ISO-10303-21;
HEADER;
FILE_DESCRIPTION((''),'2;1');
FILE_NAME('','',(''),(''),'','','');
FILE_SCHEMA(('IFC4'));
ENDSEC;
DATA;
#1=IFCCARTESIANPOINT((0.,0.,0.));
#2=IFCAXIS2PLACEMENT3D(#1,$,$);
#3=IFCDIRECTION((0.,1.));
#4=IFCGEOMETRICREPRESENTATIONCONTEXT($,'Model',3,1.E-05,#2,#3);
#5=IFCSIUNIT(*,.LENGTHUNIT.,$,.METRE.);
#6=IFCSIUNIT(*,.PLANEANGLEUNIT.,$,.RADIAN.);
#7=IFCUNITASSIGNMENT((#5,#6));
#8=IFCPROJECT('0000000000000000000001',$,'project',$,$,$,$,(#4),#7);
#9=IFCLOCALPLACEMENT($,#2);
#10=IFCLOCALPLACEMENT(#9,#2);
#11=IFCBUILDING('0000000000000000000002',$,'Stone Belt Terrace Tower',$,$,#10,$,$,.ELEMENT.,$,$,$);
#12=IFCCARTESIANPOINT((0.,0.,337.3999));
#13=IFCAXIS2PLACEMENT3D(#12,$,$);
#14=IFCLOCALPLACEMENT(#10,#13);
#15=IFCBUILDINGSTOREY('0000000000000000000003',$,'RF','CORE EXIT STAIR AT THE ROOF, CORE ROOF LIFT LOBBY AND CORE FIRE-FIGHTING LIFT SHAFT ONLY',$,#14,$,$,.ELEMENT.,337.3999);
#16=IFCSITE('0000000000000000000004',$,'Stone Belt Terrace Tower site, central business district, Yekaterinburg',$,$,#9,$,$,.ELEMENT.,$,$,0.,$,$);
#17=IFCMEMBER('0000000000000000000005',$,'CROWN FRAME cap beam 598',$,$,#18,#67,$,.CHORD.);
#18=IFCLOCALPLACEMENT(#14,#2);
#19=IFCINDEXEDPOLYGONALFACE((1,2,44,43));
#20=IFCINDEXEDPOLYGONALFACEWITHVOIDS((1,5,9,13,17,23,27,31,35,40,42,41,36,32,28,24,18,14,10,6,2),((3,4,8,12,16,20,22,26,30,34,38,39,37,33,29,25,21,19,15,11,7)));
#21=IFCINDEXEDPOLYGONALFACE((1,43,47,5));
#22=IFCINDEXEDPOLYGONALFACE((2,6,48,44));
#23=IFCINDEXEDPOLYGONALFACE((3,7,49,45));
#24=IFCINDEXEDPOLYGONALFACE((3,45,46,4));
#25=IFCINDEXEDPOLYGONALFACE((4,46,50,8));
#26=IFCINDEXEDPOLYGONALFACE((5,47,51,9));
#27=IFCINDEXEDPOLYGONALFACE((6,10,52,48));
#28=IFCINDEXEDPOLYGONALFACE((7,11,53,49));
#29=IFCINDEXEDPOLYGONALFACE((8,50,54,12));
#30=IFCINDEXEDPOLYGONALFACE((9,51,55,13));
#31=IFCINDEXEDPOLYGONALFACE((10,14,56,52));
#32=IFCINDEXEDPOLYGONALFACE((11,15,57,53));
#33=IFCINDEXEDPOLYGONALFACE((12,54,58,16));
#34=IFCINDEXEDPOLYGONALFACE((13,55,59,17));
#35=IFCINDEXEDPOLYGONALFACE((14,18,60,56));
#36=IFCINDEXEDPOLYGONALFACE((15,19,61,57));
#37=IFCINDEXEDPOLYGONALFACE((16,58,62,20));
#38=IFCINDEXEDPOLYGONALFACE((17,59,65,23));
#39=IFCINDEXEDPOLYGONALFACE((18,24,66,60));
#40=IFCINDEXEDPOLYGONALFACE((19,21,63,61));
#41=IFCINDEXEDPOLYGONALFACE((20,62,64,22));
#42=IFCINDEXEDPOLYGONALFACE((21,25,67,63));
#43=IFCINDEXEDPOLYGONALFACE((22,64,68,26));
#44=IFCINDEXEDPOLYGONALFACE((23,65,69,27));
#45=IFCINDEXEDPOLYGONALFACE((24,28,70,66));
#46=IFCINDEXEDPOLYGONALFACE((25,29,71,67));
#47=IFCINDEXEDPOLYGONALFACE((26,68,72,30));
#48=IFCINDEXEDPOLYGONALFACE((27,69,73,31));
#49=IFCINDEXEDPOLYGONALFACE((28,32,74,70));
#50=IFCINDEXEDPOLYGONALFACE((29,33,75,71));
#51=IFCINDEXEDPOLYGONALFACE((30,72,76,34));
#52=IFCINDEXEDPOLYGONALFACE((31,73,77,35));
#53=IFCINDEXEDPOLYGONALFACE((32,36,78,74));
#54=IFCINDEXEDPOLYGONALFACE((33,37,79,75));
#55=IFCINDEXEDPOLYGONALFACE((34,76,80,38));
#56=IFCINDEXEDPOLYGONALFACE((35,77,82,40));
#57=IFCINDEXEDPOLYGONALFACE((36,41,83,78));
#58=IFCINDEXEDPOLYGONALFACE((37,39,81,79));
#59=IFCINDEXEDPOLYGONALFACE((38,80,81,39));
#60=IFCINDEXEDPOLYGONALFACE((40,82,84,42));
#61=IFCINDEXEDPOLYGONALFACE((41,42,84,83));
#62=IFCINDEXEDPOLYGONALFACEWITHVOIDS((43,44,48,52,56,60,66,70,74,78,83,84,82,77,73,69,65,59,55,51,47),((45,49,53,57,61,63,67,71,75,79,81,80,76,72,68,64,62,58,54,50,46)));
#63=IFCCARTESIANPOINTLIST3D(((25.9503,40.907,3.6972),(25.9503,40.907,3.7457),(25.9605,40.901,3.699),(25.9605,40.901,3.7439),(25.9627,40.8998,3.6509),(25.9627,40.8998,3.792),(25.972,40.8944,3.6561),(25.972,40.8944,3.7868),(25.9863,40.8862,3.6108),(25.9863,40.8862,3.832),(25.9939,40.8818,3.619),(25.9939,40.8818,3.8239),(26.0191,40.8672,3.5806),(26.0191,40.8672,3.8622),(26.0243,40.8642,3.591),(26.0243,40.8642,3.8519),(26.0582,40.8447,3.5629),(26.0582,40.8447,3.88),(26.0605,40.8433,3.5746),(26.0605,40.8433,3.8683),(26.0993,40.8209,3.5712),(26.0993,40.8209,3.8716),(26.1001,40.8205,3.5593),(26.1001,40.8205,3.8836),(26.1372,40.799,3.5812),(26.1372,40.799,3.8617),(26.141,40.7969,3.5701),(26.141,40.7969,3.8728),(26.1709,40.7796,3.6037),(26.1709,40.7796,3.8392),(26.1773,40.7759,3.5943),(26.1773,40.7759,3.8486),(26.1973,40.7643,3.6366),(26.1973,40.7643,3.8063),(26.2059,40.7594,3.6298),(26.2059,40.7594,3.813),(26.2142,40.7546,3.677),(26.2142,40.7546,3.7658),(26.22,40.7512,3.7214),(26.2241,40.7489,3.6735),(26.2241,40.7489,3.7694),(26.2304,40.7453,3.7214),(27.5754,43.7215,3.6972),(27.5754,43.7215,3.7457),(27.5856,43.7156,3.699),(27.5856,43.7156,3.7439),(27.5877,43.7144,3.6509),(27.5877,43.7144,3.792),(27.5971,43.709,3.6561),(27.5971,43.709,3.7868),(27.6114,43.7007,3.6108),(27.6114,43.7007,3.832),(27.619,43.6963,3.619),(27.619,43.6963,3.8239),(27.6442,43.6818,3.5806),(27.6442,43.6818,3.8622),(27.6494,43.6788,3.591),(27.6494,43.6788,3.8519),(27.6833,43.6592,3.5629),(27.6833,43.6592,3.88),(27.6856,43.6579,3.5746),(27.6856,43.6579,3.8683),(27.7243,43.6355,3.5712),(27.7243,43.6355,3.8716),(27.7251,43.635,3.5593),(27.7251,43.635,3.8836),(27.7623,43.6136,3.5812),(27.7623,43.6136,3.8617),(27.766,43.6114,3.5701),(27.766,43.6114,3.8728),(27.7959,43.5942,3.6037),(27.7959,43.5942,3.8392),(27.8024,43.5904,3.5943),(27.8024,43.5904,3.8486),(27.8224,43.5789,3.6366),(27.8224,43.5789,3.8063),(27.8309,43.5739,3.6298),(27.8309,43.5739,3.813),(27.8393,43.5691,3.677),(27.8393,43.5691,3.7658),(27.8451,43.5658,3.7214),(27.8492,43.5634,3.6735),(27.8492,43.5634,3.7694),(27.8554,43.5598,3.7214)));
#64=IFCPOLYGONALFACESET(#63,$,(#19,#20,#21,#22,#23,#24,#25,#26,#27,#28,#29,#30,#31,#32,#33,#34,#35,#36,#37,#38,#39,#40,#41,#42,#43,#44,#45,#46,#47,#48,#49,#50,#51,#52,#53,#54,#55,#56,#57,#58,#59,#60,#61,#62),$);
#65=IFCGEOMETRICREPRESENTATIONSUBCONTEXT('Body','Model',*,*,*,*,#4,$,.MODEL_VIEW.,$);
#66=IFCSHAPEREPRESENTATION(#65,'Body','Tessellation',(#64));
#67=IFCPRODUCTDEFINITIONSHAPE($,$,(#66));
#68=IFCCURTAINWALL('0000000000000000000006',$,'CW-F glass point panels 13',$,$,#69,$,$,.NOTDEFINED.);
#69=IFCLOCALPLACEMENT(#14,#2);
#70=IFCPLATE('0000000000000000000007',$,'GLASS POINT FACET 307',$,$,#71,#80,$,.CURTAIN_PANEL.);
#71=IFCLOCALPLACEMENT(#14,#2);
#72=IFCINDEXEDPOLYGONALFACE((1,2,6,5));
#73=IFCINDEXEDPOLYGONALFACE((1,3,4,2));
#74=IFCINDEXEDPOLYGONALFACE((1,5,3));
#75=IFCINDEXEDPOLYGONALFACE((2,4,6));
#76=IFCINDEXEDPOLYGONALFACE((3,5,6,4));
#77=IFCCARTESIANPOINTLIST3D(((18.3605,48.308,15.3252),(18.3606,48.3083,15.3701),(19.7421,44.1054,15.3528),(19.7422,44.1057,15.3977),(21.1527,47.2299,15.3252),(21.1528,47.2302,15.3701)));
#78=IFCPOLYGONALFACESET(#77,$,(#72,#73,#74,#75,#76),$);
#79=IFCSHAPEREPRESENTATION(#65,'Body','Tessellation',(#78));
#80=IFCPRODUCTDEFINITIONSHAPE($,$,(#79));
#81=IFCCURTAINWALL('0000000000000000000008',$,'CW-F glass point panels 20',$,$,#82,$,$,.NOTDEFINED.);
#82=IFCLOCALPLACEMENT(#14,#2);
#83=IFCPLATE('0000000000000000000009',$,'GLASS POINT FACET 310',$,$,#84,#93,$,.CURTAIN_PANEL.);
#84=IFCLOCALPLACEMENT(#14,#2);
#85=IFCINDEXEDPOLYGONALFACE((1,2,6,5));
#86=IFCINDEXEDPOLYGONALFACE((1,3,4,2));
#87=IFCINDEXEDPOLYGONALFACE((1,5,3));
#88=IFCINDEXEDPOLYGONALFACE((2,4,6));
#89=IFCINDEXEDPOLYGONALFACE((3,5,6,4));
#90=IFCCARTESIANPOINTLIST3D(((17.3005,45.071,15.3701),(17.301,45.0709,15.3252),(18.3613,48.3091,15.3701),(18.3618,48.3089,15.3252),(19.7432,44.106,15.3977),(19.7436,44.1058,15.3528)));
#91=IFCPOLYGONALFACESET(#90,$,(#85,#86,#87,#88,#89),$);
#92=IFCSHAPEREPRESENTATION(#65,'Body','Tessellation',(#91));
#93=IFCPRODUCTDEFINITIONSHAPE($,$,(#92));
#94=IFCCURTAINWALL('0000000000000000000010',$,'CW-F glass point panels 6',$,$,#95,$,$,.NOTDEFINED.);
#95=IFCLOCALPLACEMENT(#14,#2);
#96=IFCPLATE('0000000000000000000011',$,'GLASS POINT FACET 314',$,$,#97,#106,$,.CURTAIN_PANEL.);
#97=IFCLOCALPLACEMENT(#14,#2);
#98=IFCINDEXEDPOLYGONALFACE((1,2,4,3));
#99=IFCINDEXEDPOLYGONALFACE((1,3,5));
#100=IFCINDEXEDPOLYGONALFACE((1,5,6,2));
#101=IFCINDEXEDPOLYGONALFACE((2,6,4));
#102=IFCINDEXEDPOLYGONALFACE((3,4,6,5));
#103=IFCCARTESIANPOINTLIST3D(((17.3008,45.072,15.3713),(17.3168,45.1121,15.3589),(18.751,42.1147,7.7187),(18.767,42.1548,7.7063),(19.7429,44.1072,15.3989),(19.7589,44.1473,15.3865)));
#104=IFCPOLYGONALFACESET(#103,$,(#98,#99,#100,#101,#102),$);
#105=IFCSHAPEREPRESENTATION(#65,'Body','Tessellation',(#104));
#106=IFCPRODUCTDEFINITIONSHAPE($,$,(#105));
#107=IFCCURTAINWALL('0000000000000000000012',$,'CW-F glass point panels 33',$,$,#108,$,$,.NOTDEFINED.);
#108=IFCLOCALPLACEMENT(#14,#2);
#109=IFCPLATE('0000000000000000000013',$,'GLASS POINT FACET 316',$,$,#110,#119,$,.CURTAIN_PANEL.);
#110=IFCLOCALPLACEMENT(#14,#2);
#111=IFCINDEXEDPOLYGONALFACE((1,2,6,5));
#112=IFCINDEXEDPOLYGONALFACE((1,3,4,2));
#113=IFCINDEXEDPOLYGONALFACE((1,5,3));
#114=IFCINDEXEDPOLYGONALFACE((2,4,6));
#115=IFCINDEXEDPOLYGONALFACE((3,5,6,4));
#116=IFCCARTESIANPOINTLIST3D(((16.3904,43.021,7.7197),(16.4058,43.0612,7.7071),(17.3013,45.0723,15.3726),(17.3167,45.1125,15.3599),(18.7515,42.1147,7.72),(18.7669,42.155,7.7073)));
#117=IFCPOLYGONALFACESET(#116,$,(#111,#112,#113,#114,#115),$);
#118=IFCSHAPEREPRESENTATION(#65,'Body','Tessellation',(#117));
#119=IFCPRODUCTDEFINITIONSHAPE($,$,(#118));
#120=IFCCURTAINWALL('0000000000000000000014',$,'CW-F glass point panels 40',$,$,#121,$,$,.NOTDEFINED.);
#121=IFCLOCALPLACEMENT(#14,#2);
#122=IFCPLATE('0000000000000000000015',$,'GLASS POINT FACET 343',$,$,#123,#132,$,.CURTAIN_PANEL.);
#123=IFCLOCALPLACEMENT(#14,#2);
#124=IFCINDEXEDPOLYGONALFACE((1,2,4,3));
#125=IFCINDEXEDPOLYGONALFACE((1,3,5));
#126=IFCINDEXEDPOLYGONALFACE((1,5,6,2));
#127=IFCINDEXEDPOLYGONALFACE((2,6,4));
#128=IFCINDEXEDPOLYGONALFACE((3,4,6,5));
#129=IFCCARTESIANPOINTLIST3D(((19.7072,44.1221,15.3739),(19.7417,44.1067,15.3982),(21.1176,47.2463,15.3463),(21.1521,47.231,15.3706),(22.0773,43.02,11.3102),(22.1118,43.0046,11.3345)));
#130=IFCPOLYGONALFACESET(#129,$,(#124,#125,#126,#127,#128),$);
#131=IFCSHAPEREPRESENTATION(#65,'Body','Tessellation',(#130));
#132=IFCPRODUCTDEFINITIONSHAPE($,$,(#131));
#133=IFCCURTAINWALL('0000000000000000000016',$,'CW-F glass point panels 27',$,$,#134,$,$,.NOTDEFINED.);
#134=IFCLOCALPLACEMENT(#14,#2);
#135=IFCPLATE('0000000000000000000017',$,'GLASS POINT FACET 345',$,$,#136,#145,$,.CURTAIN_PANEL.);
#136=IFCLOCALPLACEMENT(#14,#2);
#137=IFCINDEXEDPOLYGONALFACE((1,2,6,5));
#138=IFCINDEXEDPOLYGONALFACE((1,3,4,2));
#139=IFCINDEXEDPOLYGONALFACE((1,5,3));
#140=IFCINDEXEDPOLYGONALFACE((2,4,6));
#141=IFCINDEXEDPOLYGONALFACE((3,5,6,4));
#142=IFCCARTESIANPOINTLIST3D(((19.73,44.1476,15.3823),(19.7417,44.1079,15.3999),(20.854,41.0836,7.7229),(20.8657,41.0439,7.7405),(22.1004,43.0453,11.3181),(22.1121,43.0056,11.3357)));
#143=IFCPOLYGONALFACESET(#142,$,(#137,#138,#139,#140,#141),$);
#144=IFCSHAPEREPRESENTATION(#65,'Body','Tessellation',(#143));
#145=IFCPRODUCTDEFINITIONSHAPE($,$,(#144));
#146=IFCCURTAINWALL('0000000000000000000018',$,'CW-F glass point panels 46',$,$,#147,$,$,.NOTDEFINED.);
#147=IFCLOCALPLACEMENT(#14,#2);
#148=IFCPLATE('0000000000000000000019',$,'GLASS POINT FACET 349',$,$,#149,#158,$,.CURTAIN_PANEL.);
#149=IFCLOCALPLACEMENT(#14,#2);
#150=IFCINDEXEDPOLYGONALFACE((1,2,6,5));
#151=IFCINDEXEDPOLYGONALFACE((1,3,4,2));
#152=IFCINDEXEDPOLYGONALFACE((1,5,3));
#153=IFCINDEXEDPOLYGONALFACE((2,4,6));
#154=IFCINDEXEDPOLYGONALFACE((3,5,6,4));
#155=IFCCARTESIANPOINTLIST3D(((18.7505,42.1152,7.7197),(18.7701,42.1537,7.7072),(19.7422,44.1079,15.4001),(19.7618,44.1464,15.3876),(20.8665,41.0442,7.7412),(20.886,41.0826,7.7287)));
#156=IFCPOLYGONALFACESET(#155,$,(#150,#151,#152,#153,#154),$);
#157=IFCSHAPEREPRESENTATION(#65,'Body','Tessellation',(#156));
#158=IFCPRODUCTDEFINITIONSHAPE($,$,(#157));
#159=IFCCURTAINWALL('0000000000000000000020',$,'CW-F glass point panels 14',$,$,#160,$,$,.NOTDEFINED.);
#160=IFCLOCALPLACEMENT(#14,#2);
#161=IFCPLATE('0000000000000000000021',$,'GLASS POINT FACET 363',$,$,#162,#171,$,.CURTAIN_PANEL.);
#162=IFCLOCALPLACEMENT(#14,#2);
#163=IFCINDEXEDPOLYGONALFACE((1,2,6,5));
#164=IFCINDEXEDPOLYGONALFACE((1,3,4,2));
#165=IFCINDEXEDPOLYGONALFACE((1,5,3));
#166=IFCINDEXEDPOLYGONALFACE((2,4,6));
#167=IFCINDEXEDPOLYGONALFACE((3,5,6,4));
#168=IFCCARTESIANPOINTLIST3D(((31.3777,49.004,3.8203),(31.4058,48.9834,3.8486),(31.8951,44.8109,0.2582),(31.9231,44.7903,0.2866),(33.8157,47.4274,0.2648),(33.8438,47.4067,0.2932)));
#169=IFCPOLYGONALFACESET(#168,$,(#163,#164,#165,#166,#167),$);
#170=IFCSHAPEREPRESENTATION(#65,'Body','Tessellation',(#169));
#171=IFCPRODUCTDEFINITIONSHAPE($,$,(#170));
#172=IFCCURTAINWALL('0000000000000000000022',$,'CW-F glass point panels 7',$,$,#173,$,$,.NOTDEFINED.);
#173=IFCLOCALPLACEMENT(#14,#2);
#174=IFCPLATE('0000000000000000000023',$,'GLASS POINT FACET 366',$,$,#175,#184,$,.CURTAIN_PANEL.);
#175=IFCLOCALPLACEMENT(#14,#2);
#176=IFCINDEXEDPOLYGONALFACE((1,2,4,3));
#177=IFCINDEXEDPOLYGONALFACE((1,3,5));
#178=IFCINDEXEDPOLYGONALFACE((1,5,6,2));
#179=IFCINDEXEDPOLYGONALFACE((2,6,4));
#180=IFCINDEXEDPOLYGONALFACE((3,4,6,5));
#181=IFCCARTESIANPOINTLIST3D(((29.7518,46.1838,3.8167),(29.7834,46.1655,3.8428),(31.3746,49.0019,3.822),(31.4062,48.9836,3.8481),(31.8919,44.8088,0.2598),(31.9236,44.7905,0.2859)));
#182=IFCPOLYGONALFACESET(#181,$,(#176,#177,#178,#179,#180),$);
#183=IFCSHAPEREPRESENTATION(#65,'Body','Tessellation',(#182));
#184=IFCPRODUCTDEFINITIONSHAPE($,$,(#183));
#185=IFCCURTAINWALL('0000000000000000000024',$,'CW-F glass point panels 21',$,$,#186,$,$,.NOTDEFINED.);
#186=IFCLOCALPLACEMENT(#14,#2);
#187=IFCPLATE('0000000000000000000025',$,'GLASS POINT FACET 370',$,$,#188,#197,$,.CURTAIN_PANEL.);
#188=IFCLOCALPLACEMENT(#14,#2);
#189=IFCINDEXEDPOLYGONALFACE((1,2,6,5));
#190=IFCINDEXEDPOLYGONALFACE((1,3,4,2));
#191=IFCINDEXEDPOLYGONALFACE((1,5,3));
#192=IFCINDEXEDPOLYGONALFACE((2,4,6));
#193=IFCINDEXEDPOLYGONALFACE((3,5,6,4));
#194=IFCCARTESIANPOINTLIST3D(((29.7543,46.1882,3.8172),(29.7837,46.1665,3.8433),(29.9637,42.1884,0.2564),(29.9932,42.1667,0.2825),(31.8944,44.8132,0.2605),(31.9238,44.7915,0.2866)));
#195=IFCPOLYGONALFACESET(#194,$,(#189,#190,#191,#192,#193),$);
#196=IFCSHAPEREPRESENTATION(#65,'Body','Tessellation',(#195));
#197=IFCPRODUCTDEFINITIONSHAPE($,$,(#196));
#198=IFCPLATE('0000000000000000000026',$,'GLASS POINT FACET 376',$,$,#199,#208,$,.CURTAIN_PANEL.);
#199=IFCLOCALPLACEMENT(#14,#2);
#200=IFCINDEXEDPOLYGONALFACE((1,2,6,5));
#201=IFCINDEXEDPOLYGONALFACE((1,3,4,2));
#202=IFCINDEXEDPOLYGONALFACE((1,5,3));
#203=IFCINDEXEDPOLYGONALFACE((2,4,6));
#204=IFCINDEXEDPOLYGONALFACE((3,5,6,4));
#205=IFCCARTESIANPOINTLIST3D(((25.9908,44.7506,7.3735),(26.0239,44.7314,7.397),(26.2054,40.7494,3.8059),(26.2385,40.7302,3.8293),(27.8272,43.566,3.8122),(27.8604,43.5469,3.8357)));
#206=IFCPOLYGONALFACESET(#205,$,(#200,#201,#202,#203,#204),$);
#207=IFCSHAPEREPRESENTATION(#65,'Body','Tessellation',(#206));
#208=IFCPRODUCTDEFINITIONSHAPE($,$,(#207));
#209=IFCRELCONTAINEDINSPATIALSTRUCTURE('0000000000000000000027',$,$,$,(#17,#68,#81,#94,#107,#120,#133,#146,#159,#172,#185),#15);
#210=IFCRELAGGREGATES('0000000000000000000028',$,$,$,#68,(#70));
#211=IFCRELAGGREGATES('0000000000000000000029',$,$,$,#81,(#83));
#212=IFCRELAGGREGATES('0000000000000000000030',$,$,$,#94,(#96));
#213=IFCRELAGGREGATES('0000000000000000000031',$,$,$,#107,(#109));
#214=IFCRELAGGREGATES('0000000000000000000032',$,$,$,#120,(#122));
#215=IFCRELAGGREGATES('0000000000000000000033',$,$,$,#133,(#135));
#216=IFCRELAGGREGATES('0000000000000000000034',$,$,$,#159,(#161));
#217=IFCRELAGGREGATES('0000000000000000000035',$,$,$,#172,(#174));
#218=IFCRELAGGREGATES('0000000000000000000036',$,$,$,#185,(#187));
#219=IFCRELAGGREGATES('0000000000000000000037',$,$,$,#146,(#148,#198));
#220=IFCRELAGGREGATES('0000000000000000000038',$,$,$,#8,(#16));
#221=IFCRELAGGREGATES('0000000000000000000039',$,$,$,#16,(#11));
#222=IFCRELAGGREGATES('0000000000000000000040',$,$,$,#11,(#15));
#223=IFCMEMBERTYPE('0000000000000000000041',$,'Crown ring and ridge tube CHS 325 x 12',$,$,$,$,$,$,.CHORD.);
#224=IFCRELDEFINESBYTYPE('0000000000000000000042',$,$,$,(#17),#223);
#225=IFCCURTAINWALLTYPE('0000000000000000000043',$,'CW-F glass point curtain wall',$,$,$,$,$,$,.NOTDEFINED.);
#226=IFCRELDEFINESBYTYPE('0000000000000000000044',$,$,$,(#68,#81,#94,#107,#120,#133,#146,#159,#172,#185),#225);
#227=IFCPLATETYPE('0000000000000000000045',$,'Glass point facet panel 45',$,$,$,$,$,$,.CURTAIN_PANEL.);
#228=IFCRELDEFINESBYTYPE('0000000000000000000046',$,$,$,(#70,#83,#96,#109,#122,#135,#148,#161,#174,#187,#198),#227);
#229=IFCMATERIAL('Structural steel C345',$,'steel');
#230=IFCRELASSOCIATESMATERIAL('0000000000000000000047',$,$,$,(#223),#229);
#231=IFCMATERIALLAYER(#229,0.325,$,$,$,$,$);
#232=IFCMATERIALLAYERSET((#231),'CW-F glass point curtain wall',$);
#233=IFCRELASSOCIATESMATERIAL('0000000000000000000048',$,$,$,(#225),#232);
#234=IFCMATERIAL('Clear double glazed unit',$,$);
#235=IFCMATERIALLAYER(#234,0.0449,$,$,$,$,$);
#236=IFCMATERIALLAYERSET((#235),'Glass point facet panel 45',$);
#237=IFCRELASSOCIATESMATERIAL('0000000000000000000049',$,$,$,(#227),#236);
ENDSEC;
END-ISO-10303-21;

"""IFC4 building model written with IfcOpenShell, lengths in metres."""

from ifc_helpers import new_model, si_unit, direction, frame, origin, origin_2d, place, context, subcontext, project, spatial, polyline, hollow_circle, outline, extrude, material, layer, layer_set, material_profile, profile_set, type_object, element, aggregate, save


model = new_model("IFC4")

# Units and contexts
model_context = context("Model", 3, precision=1e-05, world=origin(), true_north=direction((0.0, 1.0)))
body_context = subcontext(model_context, "Body", "Model", "MODEL_VIEW")
ifc_project = project(units=[si_unit("LENGTHUNIT", "METRE"), si_unit("PLANEANGLEUNIT", "RADIAN")], contexts=[model_context])

# Site, building, storey
site_placement = place(None, origin())
site = spatial("IfcSite", under=ifc_project, at=site_placement, Name="Stone Belt Terrace Tower site, central business district, Yekaterinburg", CompositionType="ELEMENT", RefElevation=0.0)
building_placement = place(site_placement, origin())
building = spatial("IfcBuilding", under=site, at=building_placement, Name="Stone Belt Terrace Tower", CompositionType="ELEMENT")
storey_placement = place(building_placement, frame((0.0, 0.0, 337.3999)))
storey = spatial("IfcBuildingStorey", under=building, at=storey_placement, Name="RF", Description="CORE EXIT STAIR AT THE ROOF, CORE ROOF LIFT LOBBY AND CORE FIRE-FIGHTING LIFT SHAFT ONLY", CompositionType="ELEMENT", Elevation=337.3999)

# Member
ifc_material_1 = material(Name="Structural steel C345", Category="steel")
ifc_material_profile_1 = material_profile(ifc_material_1, hollow_circle(Radius=0.1626, WallThickness=0.012, at=origin_2d()), Name="Structural steel C345 CHS 325x12")
ifc_profile_set_1 = profile_set([ifc_material_profile_1], Name="Structural steel C345")
member_type_1 = type_object("IfcMemberType", Name="Crown ring and ridge tube CHS 325 x 12", PredefinedType="CHORD", material=ifc_profile_set_1)
member_1_placement = place(storey_placement, frame((27.7146, 43.6411, 3.7214), z_axis=(-0.500017, -0.866015, 0.0), x_axis=(0.866015, -0.500017, 0.0)))
element("IfcMember", 1, at=member_1_placement, inside=storey, type_object=member_type_1, Name="CROWN FRAME cap beam 598", PredefinedType="CHORD", context=body_context, shape_type="SweptSolid", body=[
    extrude(hollow_circle(Radius=0.1626, WallThickness=0.012, at=origin_2d()), origin(), (0.0, 0.0, 1.0), 3.25),
])

# Curtain walls, plates
ifc_layer_1 = layer(ifc_material_1, 0.325)
ifc_layer_set_1 = layer_set([ifc_layer_1], Name="CW-F glass point curtain wall")
curtain_wall_type = type_object("IfcCurtainWallType", Name="CW-F glass point curtain wall", PredefinedType="NOTDEFINED", material=ifc_layer_set_1)
curtain_wall_1_placement = place(storey_placement, origin())
curtain_wall_1 = element("IfcCurtainWall", 2, at=curtain_wall_1_placement, inside=storey, type_object=curtain_wall_type, Name="CW-F glass point panels 13", PredefinedType="NOTDEFINED")
ifc_material_2 = material(Name="Clear double glazed unit")
ifc_layer_2 = layer(ifc_material_2, 0.0449)
ifc_layer_set_2 = layer_set([ifc_layer_2], Name="Glass point facet panel 45")
plate_type = type_object("IfcPlateType", Name="Glass point facet panel 45", PredefinedType="CURTAIN_PANEL", material=ifc_layer_set_2)
plate_1_placement = place(storey_placement, frame((19.7422, 44.1057, 15.3977), z_axis=(0.002903, 0.007519, 0.999968), x_axis=(-0.312295, 0.949965, -0.006236)))
plate_1 = element("IfcPlate", 3, at=plate_1_placement, type_object=plate_type, Name="GLASS POINT FACET 307", PredefinedType="CURTAIN_PANEL", context=body_context, shape_type="SweptSolid", body=[
    extrude(outline(polyline([(0.0, 0.0), (4.424, 0.0), (2.5278, -2.3159), (0.0, 0.0)])), origin(), (0.0, 0.0, -1.0), 0.0449),
])
aggregate(curtain_wall_1, [plate_1])
curtain_wall_2_placement = place(storey_placement, origin())
curtain_wall_2 = element("IfcCurtainWall", 4, at=curtain_wall_2_placement, inside=storey, type_object=curtain_wall_type, Name="CW-F glass point panels 20", PredefinedType="NOTDEFINED")
plate_2_placement = place(storey_placement, frame((19.7432, 44.106, 15.3977), z_axis=(-0.009999, 0.003276, 0.999945), x_axis=(-0.929988, 0.36744, -0.010504)))
plate_2 = element("IfcPlate", 5, at=plate_2_placement, type_object=plate_type, Name="GLASS POINT FACET 310", PredefinedType="CURTAIN_PANEL", context=body_context, shape_type="SweptSolid", body=[
    extrude(outline(polyline([(0.0, 0.0), (2.6265, 0.0), (2.8298, -3.4013), (0.0, 0.0)])), origin(), (0.0, 0.0, -1.0), 0.0449),
])
aggregate(curtain_wall_2, [plate_2])
curtain_wall_3_placement = place(storey_placement, origin())
curtain_wall_3 = element("IfcCurtainWall", 6, at=curtain_wall_3_placement, inside=storey, type_object=curtain_wall_type, Name="CW-F glass point panels 6", PredefinedType="NOTDEFINED")
plate_3_placement = place(storey_placement, frame((19.7429, 44.1072, 15.3989), z_axis=(-0.355726, -0.892452, 0.277469), x_axis=(-0.124052, -0.249173, -0.960481)))
plate_3 = element("IfcPlate", 7, at=plate_3_placement, type_object=plate_type, Name="GLASS POINT FACET 314", PredefinedType="CURTAIN_PANEL", context=body_context, shape_type="SweptSolid", body=[
    extrude(outline(polyline([(0.0, 0.0), (7.9962, 0.0), (0.089, -2.6245), (0.0, 0.0)])), origin(), (0.0, 0.0, -1.0), 0.0449),
])
aggregate(curtain_wall_3, [plate_3])
curtain_wall_4_placement = place(storey_placement, origin())
curtain_wall_4 = element("IfcCurtainWall", 8, at=curtain_wall_4_placement, inside=storey, type_object=curtain_wall_type, Name="CW-F glass point panels 33", PredefinedType="NOTDEFINED")
plate_4_placement = place(storey_placement, frame((17.3013, 45.0723, 15.3726), z_axis=(-0.343917, -0.895942, 0.281084), x_axis=(0.174064, -0.354985, -0.918525)))
plate_4 = element("IfcPlate", 9, at=plate_4_placement, type_object=plate_type, Name="GLASS POINT FACET 316", PredefinedType="CURTAIN_PANEL", context=body_context, shape_type="SweptSolid", body=[
    extrude(outline(polyline([(0.0, 0.0), (8.3314, 0.0), (7.5989, -2.4206), (0.0, 0.0)])), origin(), (0.0, 0.0, -1.0), 0.0449),
])
aggregate(curtain_wall_4, [plate_4])
curtain_wall_5_placement = place(storey_placement, origin())
curtain_wall_5 = element("IfcCurtainWall", 10, at=curtain_wall_5_placement, inside=storey, type_object=curtain_wall_type, Name="CW-F glass point panels 40", PredefinedType="NOTDEFINED")
plate_5_placement = place(storey_placement, frame((19.7417, 44.1067, 15.3982), z_axis=(0.768367, -0.34209, 0.540913), x_axis=(0.411438, 0.911402, -0.008048)))
plate_5 = element("IfcPlate", 11, at=plate_5_placement, type_object=plate_type, Name="GLASS POINT FACET 343", PredefinedType="CURTAIN_PANEL", context=body_context, shape_type="SweptSolid", body=[
    extrude(outline(polyline([(0.0, 0.0), (3.428, 0.0), (0.0034, -4.8317), (0.0, 0.0)])), origin(), (0.0, 0.0, -1.0), 0.0449),
])
aggregate(curtain_wall_5, [plate_5])
curtain_wall_6_placement = place(storey_placement, origin())
curtain_wall_6 = element("IfcCurtainWall", 12, at=curtain_wall_6_placement, inside=storey, type_object=curtain_wall_type, Name="CW-F glass point panels 27", PredefinedType="NOTDEFINED")
plate_6_placement = place(storey_placement, frame((19.7417, 44.1079, 15.3999), z_axis=(0.260467, -0.882633, 0.391299), x_axis=(0.490521, -0.228108, -0.841045)))
plate_6 = element("IfcPlate", 13, at=plate_6_placement, type_object=plate_type, Name="GLASS POINT FACET 345", PredefinedType="CURTAIN_PANEL", context=body_context, shape_type="SweptSolid", body=[
    extrude(outline(polyline([(0.0, 0.0), (4.8323, 0.0), (7.6922, -3.1856), (0.0, 0.0)])), origin(), (0.0, 0.0, -1.0), 0.0449),
])
aggregate(curtain_wall_6, [plate_6])
curtain_wall_7_placement = place(storey_placement, origin())
curtain_wall_7 = element("IfcCurtainWall", 14, at=curtain_wall_7_placement, inside=storey, type_object=curtain_wall_type, Name="CW-F glass point panels 46", PredefinedType="NOTDEFINED")
plate_7_placement = place(storey_placement, frame((19.7422, 44.1079, 15.4001), z_axis=(-0.436016, -0.855814, 0.278339), x_axis=(0.135043, -0.368004, -0.919966)))
plate_7 = element("IfcPlate", 15, at=plate_7_placement, type_object=plate_type, Name="GLASS POINT FACET 349", PredefinedType="CURTAIN_PANEL", context=body_context, shape_type="SweptSolid", body=[
    extrude(outline(polyline([(0.0, 0.0), (8.3252, 0.0), (7.6651, -2.278), (0.0, 0.0)])), origin(), (0.0, 0.0, -1.0), 0.0449),
])
curtain_wall_8_placement = place(storey_placement, origin())
curtain_wall_8 = element("IfcCurtainWall", 16, at=curtain_wall_8_placement, inside=storey, type_object=curtain_wall_type, Name="CW-F glass point panels 14", PredefinedType="NOTDEFINED")
plate_8_placement = place(storey_placement, frame((31.9231, 44.7903, 0.2866), z_axis=(0.624088, -0.459714, 0.631805), x_axis=(-0.093616, 0.758784, 0.64458)))
plate_8 = element("IfcPlate", 17, at=plate_8_placement, type_object=plate_type, Name="GLASS POINT FACET 363", PredefinedType="CURTAIN_PANEL", context=body_context, shape_type="SweptSolid", body=[
    extrude(outline(polyline([(0.0, 0.0), (5.5261, 0.0), (1.8098, -2.6944), (0.0, 0.0)])), origin(), (0.0, 0.0, -1.0), 0.0449),
])
aggregate(curtain_wall_8, [plate_8])
curtain_wall_9_placement = place(storey_placement, origin())
curtain_wall_9 = element("IfcCurtainWall", 18, at=curtain_wall_9_placement, inside=storey, type_object=curtain_wall_type, Name="CW-F glass point panels 7", PredefinedType="NOTDEFINED")
plate_9_placement = place(storey_placement, frame((31.9236, 44.7905, 0.2859), z_axis=(0.704666, -0.406888, 0.581282), x_axis=(-0.489409, 0.314437, 0.813393)))
plate_9 = element("IfcPlate", 19, at=plate_9_placement, type_object=plate_type, Name="GLASS POINT FACET 366", PredefinedType="CURTAIN_PANEL", context=body_context, shape_type="SweptSolid", body=[
    extrude(outline(polyline([(0.0, 0.0), (4.3729, 0.0), (4.4692, -3.2505), (0.0, 0.0)])), origin(), (0.0, 0.0, -1.0), 0.0449),
])
aggregate(curtain_wall_9, [plate_9])
curtain_wall_10_placement = place(storey_placement, origin())
curtain_wall_10 = element("IfcCurtainWall", 20, at=curtain_wall_10_placement, inside=storey, type_object=curtain_wall_type, Name="CW-F glass point panels 21", PredefinedType="NOTDEFINED")
plate_10_placement = place(storey_placement, frame((31.9238, 44.7915, 0.2866), z_axis=(0.655228, -0.482878, 0.580951), x_axis=(-0.592529, -0.805548, -0.001274)))
plate_10 = element("IfcPlate", 21, at=plate_10_placement, type_object=plate_type, Name="GLASS POINT FACET 370", PredefinedType="CURTAIN_PANEL", context=body_context, shape_type="SweptSolid", body=[
    extrude(outline(polyline([(0.0, 0.0), (3.2583, 0.0), (0.1559, -4.3699), (0.0, 0.0)])), origin(), (0.0, 0.0, -1.0), 0.0449),
])
aggregate(curtain_wall_10, [plate_10])

# Plate
plate_11_placement = place(storey_placement, frame((27.8604, 43.5469, 3.8357), z_axis=(0.738364, -0.426327, 0.522555), x_axis=(-0.498991, -0.866605, -0.001953)))
plate_11 = element("IfcPlate", 22, at=plate_11_placement, type_object=plate_type, Name="GLASS POINT FACET 376", PredefinedType="CURTAIN_PANEL", context=body_context, shape_type="SweptSolid", body=[
    extrude(outline(polyline([(0.0, 0.0), (3.2502, 0.0), (-0.1172, -4.1767), (0.0, 0.0)])), origin(), (0.0, 0.0, -1.0), 0.0449),
])
aggregate(curtain_wall_7, [plate_7, plate_11])

save(model, "model.ifc")
